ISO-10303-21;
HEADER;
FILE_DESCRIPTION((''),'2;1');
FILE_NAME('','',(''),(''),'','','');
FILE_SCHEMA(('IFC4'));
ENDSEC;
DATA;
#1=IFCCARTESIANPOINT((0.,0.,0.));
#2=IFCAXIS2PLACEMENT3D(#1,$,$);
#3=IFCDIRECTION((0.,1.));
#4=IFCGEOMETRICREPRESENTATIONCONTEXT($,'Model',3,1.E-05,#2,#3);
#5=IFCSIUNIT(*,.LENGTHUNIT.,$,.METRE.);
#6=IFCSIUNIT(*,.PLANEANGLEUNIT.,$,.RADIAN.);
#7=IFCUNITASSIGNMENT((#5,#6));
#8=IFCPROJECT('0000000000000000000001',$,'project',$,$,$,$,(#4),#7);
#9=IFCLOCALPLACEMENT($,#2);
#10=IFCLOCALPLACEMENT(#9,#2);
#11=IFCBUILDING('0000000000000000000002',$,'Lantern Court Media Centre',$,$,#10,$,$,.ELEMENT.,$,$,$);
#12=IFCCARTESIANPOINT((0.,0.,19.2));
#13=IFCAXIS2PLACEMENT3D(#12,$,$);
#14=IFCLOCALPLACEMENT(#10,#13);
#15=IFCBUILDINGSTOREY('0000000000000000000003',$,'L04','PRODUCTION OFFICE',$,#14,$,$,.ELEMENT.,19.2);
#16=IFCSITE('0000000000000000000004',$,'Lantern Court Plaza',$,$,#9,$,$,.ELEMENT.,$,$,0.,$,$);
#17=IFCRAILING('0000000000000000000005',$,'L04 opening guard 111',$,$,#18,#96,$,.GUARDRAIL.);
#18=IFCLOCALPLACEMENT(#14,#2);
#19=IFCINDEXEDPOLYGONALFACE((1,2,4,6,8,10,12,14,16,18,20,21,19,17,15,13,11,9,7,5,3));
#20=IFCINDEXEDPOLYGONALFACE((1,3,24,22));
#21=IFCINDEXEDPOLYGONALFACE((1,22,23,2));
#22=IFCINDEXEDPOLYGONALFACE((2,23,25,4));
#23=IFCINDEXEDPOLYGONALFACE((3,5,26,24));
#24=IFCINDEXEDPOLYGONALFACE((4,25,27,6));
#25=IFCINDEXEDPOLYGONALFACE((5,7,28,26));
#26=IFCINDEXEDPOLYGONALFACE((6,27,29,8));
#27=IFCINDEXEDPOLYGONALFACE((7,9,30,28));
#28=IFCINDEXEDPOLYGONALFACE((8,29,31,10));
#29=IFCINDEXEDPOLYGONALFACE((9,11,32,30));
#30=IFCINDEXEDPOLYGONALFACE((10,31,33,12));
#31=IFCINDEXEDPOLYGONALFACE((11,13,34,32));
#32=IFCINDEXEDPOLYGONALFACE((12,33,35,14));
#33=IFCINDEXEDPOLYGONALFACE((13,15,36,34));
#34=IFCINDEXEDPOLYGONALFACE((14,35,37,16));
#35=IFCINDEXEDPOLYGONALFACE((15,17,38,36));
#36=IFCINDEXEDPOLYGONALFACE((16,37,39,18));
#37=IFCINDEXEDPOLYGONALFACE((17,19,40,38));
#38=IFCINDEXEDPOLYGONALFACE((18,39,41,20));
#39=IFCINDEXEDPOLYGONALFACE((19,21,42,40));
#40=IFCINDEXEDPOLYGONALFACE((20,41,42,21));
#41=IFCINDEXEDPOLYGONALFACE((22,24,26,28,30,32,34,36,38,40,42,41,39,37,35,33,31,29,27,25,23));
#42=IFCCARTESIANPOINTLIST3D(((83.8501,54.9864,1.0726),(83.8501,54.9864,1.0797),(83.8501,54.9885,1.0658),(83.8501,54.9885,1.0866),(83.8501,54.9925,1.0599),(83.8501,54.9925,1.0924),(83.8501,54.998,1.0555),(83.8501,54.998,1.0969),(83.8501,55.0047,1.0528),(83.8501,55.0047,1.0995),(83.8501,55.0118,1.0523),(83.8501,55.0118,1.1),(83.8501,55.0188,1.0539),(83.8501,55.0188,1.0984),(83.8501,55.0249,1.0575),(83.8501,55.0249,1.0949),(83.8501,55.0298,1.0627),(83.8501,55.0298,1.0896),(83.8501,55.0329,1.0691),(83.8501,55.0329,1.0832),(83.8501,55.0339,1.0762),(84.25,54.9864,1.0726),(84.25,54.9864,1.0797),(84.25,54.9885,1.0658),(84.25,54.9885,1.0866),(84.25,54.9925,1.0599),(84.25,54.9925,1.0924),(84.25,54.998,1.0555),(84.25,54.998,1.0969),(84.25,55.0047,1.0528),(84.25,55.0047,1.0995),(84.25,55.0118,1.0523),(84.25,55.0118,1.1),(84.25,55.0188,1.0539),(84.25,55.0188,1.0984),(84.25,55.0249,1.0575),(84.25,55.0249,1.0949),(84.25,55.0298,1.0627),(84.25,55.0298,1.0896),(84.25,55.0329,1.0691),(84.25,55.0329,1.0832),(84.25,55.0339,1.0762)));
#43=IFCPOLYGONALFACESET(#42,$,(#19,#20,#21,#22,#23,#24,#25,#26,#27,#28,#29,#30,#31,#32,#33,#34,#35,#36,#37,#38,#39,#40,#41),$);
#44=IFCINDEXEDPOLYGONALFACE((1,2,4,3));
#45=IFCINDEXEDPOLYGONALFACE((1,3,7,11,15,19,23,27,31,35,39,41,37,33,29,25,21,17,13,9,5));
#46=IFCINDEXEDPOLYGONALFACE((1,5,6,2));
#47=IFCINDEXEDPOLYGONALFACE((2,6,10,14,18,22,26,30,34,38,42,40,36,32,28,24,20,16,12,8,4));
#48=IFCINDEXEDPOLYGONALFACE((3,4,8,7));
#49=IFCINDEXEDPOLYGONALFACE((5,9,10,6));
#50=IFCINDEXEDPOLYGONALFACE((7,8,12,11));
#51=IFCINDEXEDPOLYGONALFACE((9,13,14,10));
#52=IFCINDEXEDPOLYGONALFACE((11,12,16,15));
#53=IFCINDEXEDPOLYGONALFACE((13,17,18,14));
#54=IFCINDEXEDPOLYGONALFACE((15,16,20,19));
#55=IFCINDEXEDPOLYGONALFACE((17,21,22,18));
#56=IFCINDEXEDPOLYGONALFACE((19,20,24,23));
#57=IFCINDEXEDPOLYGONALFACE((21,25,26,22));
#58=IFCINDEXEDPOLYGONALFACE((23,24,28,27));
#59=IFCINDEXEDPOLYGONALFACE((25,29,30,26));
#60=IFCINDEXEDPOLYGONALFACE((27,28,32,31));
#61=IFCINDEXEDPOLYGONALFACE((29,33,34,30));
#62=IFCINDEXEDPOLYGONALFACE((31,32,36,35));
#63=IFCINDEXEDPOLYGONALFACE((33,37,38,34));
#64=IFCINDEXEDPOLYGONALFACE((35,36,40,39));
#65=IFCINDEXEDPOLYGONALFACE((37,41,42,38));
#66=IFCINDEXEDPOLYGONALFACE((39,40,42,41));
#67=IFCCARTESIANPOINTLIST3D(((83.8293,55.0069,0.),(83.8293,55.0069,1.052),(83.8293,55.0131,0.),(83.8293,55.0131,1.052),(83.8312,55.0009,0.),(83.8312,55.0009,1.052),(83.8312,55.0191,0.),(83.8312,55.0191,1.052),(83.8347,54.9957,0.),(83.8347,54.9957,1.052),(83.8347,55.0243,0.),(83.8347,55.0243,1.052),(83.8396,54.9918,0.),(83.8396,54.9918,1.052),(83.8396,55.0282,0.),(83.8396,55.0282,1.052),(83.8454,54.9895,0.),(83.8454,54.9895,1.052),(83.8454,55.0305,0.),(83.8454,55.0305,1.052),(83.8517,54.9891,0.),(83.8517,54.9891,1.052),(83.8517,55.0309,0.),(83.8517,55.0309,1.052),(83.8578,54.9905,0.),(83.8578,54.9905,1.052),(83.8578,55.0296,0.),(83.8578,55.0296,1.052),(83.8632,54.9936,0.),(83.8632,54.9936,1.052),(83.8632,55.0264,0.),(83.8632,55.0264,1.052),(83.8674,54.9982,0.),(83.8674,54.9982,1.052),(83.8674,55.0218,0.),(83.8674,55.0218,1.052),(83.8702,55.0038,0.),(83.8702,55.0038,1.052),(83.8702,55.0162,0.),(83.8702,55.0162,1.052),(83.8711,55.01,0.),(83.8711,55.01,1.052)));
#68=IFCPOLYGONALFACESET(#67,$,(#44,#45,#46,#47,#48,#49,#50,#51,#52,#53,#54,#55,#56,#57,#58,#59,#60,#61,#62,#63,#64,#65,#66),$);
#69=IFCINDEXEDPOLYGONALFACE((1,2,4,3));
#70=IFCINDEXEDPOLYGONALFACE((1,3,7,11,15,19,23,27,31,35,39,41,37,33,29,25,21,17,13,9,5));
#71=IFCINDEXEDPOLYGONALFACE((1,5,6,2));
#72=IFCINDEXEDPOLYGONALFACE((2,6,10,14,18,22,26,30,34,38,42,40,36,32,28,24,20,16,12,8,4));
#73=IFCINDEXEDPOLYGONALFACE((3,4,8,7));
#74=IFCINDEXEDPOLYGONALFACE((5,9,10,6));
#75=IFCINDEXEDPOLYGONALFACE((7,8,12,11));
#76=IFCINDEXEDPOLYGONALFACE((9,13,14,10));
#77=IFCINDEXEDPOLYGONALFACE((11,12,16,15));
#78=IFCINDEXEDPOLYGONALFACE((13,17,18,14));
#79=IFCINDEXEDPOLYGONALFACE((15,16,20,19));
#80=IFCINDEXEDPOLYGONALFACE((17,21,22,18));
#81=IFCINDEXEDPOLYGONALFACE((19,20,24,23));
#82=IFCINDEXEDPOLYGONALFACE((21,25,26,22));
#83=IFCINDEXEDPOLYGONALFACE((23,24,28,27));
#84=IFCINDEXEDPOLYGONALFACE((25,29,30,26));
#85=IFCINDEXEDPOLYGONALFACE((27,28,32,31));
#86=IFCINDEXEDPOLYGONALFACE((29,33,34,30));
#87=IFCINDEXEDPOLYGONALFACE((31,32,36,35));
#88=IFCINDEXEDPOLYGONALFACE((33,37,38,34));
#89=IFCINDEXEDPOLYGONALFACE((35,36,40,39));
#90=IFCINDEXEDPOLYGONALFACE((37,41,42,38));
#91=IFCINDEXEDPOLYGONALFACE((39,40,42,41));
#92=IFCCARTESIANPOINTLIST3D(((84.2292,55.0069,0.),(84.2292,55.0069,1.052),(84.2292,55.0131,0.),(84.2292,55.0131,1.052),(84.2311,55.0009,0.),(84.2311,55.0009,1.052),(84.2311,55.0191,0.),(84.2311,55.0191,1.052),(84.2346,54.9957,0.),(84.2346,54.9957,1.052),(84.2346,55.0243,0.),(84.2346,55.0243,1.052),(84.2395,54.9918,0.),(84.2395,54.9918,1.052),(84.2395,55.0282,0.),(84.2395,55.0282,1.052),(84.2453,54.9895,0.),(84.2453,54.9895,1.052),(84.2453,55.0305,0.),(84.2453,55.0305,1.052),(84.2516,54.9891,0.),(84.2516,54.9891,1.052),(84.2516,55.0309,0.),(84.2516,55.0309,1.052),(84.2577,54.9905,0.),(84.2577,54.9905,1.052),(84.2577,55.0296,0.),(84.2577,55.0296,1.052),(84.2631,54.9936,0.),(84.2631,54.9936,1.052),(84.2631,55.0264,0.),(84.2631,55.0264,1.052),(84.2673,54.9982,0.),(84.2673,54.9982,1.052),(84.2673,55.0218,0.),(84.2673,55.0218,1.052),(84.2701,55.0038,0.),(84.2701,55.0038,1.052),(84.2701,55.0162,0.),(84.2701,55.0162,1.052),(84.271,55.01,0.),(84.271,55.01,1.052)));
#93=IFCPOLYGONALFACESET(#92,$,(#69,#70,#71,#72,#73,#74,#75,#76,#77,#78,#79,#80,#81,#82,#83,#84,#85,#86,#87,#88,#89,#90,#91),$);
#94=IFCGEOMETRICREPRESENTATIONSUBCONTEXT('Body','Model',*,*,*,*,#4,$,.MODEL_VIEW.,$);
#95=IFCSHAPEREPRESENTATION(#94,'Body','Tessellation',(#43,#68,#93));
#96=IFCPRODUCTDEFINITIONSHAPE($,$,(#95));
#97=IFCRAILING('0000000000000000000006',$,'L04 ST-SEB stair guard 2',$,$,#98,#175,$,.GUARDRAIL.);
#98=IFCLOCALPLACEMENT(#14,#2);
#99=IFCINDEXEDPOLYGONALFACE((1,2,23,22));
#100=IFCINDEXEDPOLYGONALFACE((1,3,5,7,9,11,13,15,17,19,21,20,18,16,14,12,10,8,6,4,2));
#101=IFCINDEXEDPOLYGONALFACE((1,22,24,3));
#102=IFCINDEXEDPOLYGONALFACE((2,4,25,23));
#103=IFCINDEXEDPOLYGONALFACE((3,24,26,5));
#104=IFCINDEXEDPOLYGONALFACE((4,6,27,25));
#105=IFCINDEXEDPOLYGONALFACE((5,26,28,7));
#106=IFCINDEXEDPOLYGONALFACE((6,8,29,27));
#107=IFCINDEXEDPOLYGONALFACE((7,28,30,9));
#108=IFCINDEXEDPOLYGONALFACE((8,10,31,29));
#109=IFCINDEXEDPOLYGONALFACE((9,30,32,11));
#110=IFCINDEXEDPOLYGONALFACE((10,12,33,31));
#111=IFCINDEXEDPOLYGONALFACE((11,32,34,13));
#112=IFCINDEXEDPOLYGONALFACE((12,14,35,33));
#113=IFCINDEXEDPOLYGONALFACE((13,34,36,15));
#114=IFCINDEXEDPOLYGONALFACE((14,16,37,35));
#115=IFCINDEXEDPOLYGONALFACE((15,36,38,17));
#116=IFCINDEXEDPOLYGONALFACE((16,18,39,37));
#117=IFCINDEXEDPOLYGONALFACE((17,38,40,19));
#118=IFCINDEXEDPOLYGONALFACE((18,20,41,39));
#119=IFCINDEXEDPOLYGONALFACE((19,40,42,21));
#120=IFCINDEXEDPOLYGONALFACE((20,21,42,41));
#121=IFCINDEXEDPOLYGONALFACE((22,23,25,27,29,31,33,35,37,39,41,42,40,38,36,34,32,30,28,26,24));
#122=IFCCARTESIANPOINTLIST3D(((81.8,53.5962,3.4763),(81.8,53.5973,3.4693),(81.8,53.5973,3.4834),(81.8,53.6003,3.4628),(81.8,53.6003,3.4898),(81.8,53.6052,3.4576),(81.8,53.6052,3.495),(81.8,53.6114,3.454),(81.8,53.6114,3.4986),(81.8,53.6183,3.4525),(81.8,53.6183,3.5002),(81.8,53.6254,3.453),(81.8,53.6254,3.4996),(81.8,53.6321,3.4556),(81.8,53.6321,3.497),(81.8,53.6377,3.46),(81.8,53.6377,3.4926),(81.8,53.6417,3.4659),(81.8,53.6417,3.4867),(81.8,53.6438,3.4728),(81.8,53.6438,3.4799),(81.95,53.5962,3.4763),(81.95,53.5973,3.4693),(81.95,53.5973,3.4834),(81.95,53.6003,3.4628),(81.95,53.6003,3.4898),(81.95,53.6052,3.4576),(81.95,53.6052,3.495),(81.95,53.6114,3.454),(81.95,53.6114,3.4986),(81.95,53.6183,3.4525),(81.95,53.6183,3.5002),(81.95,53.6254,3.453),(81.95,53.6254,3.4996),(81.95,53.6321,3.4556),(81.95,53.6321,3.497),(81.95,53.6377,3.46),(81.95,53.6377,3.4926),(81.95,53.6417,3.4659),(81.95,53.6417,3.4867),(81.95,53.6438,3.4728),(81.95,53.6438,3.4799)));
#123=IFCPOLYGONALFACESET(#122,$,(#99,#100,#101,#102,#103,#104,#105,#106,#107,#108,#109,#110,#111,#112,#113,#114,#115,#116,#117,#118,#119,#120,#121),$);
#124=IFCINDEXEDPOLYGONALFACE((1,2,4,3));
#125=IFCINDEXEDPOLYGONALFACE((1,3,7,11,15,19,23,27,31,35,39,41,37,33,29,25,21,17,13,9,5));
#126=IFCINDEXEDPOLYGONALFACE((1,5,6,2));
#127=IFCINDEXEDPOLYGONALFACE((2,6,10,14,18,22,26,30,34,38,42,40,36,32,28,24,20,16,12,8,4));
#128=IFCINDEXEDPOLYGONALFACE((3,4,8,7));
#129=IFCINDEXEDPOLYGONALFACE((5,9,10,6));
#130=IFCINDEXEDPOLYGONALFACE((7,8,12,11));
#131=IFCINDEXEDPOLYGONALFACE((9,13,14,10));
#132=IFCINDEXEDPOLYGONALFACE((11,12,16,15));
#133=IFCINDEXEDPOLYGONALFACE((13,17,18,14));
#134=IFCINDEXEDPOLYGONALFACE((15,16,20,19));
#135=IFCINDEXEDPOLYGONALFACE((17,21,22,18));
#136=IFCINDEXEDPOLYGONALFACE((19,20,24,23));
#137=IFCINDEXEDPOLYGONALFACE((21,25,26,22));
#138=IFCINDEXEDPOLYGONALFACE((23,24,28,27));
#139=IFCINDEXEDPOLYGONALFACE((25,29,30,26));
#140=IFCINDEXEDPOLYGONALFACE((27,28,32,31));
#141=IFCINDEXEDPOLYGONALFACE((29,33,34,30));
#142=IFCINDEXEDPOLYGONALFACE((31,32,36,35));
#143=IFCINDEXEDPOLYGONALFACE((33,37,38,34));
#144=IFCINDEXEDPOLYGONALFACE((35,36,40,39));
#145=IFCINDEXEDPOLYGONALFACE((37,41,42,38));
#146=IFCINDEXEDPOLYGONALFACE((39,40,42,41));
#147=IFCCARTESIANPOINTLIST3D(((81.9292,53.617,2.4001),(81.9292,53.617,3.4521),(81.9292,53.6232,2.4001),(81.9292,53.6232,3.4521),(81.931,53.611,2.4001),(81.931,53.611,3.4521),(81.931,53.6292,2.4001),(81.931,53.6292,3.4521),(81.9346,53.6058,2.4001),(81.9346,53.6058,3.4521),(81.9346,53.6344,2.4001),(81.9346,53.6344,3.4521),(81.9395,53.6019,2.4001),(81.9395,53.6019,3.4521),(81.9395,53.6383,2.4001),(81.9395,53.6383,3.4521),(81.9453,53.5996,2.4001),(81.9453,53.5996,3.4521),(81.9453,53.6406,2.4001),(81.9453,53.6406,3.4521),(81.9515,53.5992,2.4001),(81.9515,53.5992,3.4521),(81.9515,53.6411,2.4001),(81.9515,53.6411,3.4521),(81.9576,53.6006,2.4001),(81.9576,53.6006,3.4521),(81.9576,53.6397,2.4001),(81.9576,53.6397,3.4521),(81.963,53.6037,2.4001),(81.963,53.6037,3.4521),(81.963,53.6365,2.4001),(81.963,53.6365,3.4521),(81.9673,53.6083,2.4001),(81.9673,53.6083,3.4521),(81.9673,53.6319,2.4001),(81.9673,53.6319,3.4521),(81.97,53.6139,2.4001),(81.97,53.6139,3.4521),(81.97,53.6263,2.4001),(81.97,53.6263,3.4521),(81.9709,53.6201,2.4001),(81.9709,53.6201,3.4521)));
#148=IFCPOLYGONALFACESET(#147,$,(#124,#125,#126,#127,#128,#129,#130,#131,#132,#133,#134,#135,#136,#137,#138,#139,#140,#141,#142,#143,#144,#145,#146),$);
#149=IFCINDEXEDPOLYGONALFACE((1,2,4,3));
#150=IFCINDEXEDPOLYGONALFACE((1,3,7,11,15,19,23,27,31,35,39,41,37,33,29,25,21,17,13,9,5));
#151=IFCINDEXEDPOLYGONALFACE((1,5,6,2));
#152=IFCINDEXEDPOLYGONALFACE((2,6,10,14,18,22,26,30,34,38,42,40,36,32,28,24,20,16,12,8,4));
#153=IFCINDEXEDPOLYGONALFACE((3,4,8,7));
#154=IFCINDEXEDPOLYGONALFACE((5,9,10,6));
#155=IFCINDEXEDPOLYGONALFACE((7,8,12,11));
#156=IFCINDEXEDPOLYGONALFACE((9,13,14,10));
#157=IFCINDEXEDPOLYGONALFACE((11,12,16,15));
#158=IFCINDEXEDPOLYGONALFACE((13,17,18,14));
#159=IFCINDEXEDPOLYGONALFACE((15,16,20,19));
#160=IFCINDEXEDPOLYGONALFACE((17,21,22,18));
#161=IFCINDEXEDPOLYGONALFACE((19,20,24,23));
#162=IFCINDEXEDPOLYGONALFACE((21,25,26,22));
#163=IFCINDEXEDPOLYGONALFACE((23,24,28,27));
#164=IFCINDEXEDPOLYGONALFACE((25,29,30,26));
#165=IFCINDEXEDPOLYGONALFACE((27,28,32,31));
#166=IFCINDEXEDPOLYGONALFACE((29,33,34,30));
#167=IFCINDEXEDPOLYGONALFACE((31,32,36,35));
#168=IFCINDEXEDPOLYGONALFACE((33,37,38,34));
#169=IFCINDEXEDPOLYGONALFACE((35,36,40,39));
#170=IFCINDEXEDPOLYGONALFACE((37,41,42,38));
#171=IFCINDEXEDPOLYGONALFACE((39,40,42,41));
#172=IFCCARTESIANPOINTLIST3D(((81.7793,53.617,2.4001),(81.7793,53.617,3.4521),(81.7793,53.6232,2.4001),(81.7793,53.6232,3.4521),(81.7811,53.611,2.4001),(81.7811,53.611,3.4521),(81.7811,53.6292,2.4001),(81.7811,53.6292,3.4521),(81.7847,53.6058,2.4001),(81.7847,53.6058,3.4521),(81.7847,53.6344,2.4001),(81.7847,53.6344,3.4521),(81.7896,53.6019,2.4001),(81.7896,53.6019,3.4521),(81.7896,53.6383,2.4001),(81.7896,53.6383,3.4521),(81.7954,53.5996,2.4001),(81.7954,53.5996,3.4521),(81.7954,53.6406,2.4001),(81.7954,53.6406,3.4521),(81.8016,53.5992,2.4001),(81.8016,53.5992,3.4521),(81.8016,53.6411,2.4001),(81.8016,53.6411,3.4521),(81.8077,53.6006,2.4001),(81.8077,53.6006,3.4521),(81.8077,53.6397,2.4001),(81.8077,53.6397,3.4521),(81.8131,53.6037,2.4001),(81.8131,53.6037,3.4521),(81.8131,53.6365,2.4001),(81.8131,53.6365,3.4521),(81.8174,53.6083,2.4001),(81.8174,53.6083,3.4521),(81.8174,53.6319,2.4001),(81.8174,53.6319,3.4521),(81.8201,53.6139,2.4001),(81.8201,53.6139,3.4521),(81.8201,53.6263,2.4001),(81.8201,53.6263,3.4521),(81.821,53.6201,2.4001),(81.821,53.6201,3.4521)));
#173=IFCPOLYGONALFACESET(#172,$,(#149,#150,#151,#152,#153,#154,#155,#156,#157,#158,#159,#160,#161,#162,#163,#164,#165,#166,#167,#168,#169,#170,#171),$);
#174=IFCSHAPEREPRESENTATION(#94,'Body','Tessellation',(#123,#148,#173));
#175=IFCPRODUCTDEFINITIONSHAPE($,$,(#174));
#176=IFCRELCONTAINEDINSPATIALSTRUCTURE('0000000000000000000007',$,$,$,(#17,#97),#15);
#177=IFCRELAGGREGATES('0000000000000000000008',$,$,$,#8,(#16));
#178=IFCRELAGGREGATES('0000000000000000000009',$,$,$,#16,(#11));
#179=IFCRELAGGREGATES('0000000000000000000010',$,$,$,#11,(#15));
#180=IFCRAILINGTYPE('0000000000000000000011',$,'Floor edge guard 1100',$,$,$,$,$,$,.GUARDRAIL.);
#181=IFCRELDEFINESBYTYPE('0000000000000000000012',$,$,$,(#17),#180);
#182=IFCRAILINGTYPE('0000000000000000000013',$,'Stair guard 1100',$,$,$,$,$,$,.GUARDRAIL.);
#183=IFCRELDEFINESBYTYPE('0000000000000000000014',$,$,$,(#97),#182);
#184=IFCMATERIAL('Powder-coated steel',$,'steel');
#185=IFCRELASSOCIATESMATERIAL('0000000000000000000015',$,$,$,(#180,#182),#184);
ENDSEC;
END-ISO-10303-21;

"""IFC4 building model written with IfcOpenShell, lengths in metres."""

from ifc_helpers import new_model, si_unit, direction, frame, origin, origin_2d, place, context, subcontext, project, spatial, circle, extrude, material, type_object, element, save


model = new_model("IFC4")

# Units and contexts
model_context = context("Model", 3, precision=1e-05, world=origin(), true_north=direction((0.0, 1.0)))
body_context = subcontext(model_context, "Body", "Model", "MODEL_VIEW")
ifc_project = project(units=[si_unit("LENGTHUNIT", "METRE"), si_unit("PLANEANGLEUNIT", "RADIAN")], contexts=[model_context])

# Site, building, storey
site_placement = place(None, origin())
site = spatial("IfcSite", under=ifc_project, at=site_placement, Name="Lantern Court Plaza", CompositionType="ELEMENT", RefElevation=0.0)
building_placement = place(site_placement, origin())
building = spatial("IfcBuilding", under=site, at=building_placement, Name="Lantern Court Media Centre", CompositionType="ELEMENT")
storey_placement = place(building_placement, frame((0.0, 0.0, 19.2)))
storey = spatial("IfcBuildingStorey", under=building, at=storey_placement, Name="L04", Description="PRODUCTION OFFICE", CompositionType="ELEMENT", Elevation=19.2)

# Railings
ifc_material_1 = material(Name="Powder-coated steel", Category="steel")
railing_type_1 = type_object("IfcRailingType", Name="Floor edge guard 1100", PredefinedType="GUARDRAIL", material=ifc_material_1)
railing_1_placement = place(storey_placement, frame((83.8501, 55.01, 0.0)))
element("IfcRailing", 1, at=railing_1_placement, inside=storey, type_object=railing_type_1, Name="L04 opening guard 111", PredefinedType="GUARDRAIL", context=body_context, shape_type="SweptSolid", body=[
    extrude(circle(Radius=0.0239, at=origin_2d()), frame((0.0, 0.0, 1.0762), z_axis=(1.0, 0.0, 0.0), x_axis=(0.0, 1.0, 0.0)), (0.0, 0.0, 1.0), 0.3999),
    extrude(circle(Radius=0.021, at=origin_2d()), origin(), (0.0, 0.0, 1.0), 1.052),
    extrude(circle(Radius=0.021, at=origin_2d()), frame((0.3999, 0.0, 0.0)), (0.0, 0.0, 1.0), 1.052),
])
railing_type_2 = type_object("IfcRailingType", Name="Stair guard 1100", PredefinedType="GUARDRAIL", material=ifc_material_1)
railing_2_placement = place(storey_placement, frame((81.95, 53.6201, 2.4001)))
element("IfcRailing", 2, at=railing_2_placement, inside=storey, type_object=railing_type_2, Name="L04 ST-SEB stair guard 2", PredefinedType="GUARDRAIL", context=body_context, shape_type="SweptSolid", body=[
    extrude(circle(Radius=0.0239, at=origin_2d()), frame((0.0, 0.0, 1.0762), z_axis=(-1.0, 0.0, 0.0), x_axis=(0.0, -1.0, 0.0)), (0.0, 0.0, 1.0), 0.1499),
    extrude(circle(Radius=0.021, at=origin_2d()), origin(), (0.0, 0.0, 1.0), 1.052),
    extrude(circle(Radius=0.021, at=origin_2d()), frame((-0.1499, 0.0, 0.0)), (0.0, 0.0, 1.0), 1.052),
])

save(model, "model.ifc")
